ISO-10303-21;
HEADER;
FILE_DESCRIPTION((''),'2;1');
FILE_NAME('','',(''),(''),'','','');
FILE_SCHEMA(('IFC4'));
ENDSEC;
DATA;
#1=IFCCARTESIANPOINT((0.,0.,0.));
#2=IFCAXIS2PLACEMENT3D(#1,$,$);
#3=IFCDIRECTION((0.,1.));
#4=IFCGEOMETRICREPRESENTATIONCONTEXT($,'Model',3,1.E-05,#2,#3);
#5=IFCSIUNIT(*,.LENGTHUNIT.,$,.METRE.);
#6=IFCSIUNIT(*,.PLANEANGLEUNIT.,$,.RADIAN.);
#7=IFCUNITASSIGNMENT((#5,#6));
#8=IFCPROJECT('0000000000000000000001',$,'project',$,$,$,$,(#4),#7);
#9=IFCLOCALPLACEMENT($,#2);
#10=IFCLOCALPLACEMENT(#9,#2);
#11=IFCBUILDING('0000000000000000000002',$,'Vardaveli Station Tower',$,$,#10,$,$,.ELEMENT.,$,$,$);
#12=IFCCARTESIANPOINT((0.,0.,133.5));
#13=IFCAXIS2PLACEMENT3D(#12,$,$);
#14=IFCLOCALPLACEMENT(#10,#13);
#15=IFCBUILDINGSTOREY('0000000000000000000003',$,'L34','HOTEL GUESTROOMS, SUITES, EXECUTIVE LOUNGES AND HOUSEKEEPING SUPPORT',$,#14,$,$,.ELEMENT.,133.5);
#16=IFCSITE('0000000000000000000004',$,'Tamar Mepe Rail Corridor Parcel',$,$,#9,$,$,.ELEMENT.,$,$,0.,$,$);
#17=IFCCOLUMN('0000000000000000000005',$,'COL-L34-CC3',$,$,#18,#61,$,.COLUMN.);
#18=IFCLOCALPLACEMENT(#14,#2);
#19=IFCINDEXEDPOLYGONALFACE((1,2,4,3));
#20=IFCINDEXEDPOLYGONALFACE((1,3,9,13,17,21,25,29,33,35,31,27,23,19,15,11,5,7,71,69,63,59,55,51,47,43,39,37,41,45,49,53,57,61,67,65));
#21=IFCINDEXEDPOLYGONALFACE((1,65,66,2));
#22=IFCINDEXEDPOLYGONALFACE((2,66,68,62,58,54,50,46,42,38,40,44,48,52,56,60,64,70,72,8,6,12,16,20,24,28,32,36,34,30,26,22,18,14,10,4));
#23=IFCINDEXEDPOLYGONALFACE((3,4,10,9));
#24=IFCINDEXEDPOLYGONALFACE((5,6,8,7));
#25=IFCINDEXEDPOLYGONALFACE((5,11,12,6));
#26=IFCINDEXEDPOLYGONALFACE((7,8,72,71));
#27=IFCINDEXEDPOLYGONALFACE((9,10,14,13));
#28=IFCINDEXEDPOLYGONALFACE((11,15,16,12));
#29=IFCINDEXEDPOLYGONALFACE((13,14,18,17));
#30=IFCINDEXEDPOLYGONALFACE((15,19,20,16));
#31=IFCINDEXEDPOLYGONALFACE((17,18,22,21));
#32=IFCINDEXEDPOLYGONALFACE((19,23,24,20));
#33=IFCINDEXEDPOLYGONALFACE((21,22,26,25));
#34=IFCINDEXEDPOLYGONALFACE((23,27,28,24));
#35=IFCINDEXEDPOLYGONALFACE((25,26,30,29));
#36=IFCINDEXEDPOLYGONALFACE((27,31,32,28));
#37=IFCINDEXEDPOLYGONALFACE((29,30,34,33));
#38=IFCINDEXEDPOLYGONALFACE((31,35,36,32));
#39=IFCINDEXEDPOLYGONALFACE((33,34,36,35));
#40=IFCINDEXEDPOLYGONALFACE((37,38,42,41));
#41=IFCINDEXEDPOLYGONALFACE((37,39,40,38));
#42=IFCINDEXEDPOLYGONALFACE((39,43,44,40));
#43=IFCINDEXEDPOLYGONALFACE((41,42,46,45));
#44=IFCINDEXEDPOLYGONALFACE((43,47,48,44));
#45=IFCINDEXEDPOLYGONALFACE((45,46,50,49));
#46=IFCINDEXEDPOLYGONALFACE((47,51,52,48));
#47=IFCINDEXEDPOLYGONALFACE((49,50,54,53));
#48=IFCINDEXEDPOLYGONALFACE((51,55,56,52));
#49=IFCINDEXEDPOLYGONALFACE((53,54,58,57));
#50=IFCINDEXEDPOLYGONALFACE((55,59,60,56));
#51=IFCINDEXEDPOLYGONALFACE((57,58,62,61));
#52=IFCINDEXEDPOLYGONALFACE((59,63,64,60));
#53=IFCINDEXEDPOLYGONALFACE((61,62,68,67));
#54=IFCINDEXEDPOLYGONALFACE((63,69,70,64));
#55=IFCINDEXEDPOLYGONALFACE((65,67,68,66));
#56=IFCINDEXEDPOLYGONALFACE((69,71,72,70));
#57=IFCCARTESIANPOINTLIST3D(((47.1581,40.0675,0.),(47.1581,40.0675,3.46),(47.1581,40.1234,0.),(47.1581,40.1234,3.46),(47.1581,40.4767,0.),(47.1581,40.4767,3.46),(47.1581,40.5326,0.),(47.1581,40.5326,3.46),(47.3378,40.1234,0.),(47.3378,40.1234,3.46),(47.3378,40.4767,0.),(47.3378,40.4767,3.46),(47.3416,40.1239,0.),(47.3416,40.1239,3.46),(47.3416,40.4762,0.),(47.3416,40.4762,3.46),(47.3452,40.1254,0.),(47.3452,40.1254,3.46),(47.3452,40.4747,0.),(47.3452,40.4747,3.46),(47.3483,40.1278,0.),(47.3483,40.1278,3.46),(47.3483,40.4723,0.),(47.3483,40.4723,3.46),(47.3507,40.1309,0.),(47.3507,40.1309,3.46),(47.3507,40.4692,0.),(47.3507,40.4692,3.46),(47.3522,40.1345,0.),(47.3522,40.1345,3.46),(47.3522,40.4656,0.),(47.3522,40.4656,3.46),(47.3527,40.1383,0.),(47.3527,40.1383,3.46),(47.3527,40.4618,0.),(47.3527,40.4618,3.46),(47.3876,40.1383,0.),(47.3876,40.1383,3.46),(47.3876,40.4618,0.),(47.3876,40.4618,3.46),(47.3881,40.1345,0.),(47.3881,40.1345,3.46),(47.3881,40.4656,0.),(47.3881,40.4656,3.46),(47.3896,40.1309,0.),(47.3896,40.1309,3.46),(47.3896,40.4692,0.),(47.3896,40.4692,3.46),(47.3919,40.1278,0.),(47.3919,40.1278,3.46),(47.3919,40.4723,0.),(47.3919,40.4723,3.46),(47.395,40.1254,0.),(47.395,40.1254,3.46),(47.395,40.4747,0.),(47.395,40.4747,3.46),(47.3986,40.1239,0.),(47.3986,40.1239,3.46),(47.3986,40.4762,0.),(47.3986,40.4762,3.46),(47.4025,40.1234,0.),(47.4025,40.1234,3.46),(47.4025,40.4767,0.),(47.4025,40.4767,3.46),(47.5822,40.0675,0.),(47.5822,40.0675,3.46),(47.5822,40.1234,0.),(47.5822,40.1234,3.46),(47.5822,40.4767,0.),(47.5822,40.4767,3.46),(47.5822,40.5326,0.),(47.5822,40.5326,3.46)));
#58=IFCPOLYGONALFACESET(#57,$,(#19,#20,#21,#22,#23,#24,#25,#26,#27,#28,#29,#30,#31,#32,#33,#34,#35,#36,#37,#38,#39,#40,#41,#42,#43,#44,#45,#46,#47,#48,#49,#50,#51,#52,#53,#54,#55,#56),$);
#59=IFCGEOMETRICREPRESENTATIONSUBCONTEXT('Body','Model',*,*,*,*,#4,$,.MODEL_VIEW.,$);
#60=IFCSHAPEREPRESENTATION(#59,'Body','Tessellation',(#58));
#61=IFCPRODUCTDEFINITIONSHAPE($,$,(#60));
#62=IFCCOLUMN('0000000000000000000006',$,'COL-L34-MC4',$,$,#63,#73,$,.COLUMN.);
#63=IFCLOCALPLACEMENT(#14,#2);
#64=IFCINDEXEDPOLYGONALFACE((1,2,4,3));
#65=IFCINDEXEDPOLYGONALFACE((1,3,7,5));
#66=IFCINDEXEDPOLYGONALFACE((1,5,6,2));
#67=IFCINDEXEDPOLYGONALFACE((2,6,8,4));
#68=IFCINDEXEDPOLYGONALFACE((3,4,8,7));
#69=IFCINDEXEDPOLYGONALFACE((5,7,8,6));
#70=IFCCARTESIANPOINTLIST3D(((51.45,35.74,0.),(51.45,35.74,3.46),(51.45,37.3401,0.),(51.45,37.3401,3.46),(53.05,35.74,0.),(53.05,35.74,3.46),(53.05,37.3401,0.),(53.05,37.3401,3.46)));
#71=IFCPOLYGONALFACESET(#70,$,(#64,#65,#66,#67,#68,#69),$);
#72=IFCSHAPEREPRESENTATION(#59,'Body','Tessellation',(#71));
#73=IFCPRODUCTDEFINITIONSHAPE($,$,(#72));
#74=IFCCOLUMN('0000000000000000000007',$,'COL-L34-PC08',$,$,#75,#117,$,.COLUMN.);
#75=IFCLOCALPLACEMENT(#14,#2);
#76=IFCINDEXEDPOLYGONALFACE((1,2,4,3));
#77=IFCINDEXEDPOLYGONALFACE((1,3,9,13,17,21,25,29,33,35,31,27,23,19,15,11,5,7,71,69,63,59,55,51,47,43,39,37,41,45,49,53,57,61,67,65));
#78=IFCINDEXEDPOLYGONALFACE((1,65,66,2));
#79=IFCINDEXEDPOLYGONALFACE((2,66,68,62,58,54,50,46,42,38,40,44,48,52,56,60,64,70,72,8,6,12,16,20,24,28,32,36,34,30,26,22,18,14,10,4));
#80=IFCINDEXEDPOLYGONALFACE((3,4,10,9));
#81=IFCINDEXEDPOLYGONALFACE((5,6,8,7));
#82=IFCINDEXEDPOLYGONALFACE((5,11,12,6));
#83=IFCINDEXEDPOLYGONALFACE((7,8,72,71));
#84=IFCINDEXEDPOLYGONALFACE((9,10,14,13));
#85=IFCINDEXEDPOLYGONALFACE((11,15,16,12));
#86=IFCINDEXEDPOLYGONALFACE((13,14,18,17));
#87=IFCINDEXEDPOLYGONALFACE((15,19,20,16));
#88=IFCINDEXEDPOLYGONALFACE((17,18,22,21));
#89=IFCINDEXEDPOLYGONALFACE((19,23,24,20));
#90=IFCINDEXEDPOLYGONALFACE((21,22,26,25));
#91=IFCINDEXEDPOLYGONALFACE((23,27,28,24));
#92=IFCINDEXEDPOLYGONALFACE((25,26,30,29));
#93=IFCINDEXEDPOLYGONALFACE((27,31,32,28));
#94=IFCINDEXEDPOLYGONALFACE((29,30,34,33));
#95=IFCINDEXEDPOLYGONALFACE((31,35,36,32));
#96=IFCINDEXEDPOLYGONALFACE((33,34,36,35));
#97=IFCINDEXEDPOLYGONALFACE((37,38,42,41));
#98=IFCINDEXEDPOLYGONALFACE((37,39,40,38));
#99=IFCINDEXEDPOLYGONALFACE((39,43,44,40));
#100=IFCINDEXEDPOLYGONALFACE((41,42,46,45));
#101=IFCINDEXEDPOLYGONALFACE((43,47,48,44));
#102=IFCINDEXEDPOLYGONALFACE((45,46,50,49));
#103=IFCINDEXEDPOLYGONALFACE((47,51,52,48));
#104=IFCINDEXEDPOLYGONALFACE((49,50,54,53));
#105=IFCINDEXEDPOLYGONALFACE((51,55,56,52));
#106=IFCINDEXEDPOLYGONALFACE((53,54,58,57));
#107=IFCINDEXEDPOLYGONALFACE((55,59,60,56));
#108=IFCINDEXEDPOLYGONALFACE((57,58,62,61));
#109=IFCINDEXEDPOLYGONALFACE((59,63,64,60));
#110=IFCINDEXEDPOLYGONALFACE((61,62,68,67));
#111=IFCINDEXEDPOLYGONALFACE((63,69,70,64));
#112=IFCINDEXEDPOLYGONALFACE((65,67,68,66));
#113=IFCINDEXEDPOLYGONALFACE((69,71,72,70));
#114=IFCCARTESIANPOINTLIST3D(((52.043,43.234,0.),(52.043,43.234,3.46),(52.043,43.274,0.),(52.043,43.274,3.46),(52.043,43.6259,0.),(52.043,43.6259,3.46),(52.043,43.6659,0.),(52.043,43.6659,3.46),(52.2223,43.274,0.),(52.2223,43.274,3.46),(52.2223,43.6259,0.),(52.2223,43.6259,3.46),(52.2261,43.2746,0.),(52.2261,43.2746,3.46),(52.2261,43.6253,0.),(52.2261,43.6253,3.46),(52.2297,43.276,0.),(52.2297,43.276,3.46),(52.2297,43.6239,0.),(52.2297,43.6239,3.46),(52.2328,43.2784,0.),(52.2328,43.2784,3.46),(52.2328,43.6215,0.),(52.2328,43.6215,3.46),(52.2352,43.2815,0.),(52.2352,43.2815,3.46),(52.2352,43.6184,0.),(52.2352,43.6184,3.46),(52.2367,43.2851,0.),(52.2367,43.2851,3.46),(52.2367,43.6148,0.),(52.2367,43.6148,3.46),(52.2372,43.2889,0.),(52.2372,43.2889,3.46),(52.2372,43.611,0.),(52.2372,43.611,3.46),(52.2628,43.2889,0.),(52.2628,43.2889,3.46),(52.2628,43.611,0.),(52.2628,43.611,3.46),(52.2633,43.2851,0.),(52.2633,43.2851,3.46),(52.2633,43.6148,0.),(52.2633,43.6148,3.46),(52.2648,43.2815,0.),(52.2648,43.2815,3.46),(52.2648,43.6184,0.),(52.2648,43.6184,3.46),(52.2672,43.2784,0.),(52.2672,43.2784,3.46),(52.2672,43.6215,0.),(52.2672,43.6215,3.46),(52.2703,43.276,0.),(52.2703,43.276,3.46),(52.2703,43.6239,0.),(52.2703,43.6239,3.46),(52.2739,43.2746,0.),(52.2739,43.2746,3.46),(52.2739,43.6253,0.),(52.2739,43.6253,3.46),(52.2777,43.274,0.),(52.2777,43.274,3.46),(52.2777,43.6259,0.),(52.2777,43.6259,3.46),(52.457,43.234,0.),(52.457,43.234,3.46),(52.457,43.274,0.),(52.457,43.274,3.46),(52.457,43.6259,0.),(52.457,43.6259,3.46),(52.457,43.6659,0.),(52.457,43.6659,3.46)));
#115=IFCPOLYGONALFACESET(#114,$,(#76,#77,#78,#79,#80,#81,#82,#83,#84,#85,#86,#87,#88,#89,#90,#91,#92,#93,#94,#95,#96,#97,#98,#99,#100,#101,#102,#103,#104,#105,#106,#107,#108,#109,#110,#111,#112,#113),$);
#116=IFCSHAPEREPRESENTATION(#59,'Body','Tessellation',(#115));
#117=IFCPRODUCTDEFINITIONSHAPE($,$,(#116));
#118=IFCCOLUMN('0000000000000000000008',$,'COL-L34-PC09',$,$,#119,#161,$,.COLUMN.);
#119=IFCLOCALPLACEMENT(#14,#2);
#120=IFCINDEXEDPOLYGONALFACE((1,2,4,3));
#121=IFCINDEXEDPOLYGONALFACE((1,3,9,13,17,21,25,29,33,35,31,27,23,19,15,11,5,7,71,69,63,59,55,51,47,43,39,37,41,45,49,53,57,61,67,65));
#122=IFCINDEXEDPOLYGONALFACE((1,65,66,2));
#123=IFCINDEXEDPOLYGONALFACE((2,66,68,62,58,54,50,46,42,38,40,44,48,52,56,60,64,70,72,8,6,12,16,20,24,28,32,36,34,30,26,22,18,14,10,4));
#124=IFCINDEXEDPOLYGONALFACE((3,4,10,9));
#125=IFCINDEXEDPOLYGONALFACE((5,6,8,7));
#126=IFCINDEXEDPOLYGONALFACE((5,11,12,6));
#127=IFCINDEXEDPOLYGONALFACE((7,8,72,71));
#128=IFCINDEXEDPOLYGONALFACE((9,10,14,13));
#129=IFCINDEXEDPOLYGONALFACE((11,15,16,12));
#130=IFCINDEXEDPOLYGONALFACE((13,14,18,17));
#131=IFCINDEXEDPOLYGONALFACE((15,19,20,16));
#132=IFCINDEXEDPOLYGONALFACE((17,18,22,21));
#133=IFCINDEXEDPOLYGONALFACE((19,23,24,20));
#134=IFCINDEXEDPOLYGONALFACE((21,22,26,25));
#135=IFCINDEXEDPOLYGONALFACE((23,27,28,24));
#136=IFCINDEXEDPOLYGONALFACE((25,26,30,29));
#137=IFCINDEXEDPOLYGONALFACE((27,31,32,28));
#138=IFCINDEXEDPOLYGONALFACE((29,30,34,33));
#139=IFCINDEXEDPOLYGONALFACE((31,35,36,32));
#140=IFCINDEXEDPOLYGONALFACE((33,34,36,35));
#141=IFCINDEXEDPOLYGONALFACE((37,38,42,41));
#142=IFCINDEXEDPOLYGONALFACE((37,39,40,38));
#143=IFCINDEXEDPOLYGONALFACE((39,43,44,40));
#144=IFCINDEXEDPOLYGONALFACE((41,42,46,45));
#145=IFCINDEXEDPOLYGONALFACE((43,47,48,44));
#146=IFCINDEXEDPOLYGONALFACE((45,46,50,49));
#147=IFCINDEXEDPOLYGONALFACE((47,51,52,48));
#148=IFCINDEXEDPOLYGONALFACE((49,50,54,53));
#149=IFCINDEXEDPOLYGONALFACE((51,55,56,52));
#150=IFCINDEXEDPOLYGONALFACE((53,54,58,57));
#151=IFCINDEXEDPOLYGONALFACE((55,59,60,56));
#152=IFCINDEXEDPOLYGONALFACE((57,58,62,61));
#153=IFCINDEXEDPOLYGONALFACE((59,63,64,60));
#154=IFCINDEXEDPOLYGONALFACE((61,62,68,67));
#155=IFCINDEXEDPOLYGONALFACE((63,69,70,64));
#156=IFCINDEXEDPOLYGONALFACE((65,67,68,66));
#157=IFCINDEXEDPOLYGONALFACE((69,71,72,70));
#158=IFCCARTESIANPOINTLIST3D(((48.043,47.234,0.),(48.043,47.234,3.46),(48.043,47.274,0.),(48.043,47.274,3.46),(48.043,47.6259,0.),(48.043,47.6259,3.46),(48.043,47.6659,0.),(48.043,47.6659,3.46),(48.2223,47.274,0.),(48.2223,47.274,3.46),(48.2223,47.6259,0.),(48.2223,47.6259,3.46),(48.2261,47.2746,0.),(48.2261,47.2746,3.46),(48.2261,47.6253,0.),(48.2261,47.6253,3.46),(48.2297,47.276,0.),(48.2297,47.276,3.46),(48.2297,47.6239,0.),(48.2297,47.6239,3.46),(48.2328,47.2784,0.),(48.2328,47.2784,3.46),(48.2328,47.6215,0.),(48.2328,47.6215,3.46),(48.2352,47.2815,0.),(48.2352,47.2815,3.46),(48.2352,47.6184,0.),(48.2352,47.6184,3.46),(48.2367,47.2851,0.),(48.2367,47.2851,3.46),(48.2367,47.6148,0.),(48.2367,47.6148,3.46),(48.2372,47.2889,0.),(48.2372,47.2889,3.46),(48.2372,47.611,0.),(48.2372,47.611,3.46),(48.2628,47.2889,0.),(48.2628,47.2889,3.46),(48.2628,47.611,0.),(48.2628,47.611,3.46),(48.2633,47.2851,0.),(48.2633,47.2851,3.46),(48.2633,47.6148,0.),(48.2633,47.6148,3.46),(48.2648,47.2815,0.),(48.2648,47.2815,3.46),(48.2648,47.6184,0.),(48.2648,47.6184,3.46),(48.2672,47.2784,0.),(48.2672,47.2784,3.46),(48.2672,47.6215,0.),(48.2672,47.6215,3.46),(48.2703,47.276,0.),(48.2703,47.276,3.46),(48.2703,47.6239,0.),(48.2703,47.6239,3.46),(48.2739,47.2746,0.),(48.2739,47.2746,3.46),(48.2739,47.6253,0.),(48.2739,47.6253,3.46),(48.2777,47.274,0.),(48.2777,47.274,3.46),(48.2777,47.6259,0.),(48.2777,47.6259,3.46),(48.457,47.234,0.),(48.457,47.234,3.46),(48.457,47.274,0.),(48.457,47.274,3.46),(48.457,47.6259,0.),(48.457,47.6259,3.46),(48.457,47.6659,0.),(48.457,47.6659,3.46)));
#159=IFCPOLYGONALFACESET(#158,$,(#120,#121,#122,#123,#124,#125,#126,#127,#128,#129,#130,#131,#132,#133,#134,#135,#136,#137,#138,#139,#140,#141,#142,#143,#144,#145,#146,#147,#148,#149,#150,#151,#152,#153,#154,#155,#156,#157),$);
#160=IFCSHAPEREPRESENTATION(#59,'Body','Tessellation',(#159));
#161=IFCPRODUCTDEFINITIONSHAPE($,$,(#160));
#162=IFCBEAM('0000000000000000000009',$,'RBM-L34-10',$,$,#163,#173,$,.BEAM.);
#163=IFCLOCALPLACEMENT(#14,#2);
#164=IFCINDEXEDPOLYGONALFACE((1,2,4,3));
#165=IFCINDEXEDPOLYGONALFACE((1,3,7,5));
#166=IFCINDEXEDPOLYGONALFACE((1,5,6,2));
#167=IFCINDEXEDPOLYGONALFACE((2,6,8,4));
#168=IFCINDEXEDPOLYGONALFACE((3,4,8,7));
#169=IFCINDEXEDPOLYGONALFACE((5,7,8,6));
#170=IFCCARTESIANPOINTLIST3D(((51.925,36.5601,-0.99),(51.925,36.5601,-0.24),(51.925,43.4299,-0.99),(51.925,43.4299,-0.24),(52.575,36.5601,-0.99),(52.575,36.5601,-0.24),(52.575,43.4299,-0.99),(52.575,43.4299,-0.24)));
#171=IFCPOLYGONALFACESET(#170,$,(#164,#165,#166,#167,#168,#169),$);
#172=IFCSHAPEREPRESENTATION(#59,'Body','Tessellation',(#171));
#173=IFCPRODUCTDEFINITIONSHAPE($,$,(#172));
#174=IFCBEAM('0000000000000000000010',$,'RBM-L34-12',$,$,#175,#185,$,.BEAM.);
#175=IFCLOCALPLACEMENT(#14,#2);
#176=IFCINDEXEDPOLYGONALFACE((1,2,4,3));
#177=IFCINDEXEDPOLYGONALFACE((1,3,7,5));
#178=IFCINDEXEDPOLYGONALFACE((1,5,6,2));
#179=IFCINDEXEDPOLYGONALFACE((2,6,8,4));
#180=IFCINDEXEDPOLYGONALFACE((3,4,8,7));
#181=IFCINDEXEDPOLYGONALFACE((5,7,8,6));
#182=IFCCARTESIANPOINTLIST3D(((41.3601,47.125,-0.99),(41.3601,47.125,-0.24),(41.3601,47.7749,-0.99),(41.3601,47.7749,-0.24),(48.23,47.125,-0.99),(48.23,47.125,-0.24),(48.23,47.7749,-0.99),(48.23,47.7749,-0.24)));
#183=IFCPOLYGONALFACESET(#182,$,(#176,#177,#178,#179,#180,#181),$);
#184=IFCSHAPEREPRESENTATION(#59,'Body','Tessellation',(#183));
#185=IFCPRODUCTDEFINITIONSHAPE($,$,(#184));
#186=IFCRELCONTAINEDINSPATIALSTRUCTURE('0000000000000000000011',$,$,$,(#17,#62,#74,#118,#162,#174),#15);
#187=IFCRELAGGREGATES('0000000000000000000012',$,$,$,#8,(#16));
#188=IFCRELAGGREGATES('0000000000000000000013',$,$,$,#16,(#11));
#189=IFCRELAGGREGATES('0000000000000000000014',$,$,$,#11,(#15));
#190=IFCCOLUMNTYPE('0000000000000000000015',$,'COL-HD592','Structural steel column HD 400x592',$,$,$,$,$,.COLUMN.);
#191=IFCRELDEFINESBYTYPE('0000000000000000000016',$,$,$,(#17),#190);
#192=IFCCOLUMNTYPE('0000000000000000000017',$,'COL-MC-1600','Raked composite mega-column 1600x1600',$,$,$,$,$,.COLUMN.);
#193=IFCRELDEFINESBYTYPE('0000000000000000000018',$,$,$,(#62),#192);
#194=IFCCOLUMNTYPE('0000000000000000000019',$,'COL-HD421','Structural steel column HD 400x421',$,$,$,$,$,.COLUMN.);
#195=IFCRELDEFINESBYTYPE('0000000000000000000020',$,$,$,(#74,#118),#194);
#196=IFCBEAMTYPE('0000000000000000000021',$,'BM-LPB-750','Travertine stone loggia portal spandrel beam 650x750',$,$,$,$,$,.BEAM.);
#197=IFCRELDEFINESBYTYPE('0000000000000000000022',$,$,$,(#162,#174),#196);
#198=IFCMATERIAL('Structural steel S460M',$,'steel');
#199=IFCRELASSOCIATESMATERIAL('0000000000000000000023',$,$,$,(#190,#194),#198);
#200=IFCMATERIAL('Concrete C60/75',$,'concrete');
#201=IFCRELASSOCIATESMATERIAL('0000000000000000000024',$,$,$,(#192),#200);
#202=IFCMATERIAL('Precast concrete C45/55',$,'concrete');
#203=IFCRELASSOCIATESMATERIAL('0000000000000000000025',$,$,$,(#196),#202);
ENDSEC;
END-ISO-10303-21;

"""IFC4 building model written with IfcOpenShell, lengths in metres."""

from ifc_helpers import new_model, si_unit, direction, frame, origin, origin_2d, place, context, subcontext, project, spatial, rectangle, i_section, extrude, source, transform, mapped, material, material_profile, profile_set, type_object, element, save


model = new_model("IFC4")

# Units and contexts
model_context = context("Model", 3, precision=1e-05, world=origin(), true_north=direction((0.0, 1.0)))
body_context = subcontext(model_context, "Body", "Model", "MODEL_VIEW")
ifc_project = project(units=[si_unit("LENGTHUNIT", "METRE"), si_unit("PLANEANGLEUNIT", "RADIAN")], contexts=[model_context])

# Site, building, storey
site_placement = place(None, origin())
site = spatial("IfcSite", under=ifc_project, at=site_placement, Name="Tamar Mepe Rail Corridor Parcel", CompositionType="ELEMENT", RefElevation=0.0)
building_placement = place(site_placement, origin())
building = spatial("IfcBuilding", under=site, at=building_placement, Name="Vardaveli Station Tower", CompositionType="ELEMENT")
storey_placement = place(building_placement, frame((0.0, 0.0, 133.5)))
storey = spatial("IfcBuildingStorey", under=building, at=storey_placement, Name="L34", Description="HOTEL GUESTROOMS, SUITES, EXECUTIVE LOUNGES AND HOUSEKEEPING SUPPORT", CompositionType="ELEMENT", Elevation=133.5)

# Columns
ifc_material_1 = material(Name="Structural steel S460M", Category="steel")
ifc_material_profile_1 = material_profile(ifc_material_1, i_section(OverallWidth=0.4241, OverallDepth=0.4651, WebThickness=0.0349, FlangeThickness=0.0559, FilletRadius=0.0149, at=origin_2d()), Name="HD 400x592")
ifc_profile_set_1 = profile_set([ifc_material_profile_1], Name="Structural steel S460M")
column_type_1 = type_object("IfcColumnType", Name="COL-HD592", Description="Structural steel column HD 400x592", PredefinedType="COLUMN", material=ifc_profile_set_1)
shared_shape_1 = source(origin(), body_context, "Body", "SweptSolid", [
    extrude(i_section(OverallWidth=0.4241, OverallDepth=0.4651, WebThickness=0.0349, FlangeThickness=0.0559, FilletRadius=0.0149, at=origin_2d()), origin(), (0.0, 0.0, 1.0), 3.46),
])
column_1_placement = place(storey_placement, frame((47.3701, 40.3, 0.0), z_axis=(0.0, 0.0, 1.0), x_axis=(1.0, 0.0, 0.0)))
element("IfcColumn", 1, at=column_1_placement, inside=storey, type_object=column_type_1, Name="COL-L34-CC3", PredefinedType="COLUMN", context=body_context, shape_type="MappedRepresentation", body=[
    mapped(shared_shape_1, transform((0.0, 0.0, 0.0), scale=1.0)),
])
ifc_material_2 = material(Name="Concrete C60/75", Category="concrete")
ifc_material_profile_2 = material_profile(ifc_material_2, rectangle(XDim=1.6001, YDim=1.6001, at=origin_2d()), Name="MC 1600x1600")
ifc_profile_set_2 = profile_set([ifc_material_profile_2], Name="Concrete C60/75")
column_type_2 = type_object("IfcColumnType", Name="COL-MC-1600", Description="Raked composite mega-column 1600x1600", PredefinedType="COLUMN", material=ifc_profile_set_2)
shared_shape_2 = source(origin(), body_context, "Body", "SweptSolid", [
    extrude(rectangle(XDim=1.6001, YDim=1.6001, at=origin_2d()), origin(), (0.0, 0.0, 1.0), 3.46),
])
column_2_placement = place(storey_placement, frame((52.25, 36.54, 0.0), z_axis=(0.0, 0.0, 1.0), x_axis=(1.0, 0.0, 0.0)))
element("IfcColumn", 2, at=column_2_placement, inside=storey, type_object=column_type_2, Name="COL-L34-MC4", PredefinedType="COLUMN", context=body_context, shape_type="MappedRepresentation", body=[
    mapped(shared_shape_2, transform((0.0, 0.0, 0.0), scale=1.0)),
])
ifc_material_profile_3 = material_profile(ifc_material_1, i_section(OverallWidth=0.4141, OverallDepth=0.4319, WebThickness=0.0256, FlangeThickness=0.04, FilletRadius=0.0149, at=origin_2d()), Name="HD 400x421")
ifc_profile_set_3 = profile_set([ifc_material_profile_3], Name="Structural steel S460M")
column_type_3 = type_object("IfcColumnType", Name="COL-HD421", Description="Structural steel column HD 400x421", PredefinedType="COLUMN", material=ifc_profile_set_3)
shared_shape_3 = source(origin(), body_context, "Body", "SweptSolid", [
    extrude(i_section(OverallWidth=0.4141, OverallDepth=0.4319, WebThickness=0.0256, FlangeThickness=0.04, FilletRadius=0.0149, at=origin_2d()), origin(), (0.0, 0.0, 1.0), 3.46),
])
for number, where, z_axis, x_axis, name in (
    (3, (52.25, 43.45, 0.0), (0.0, 0.0, 1.0), (1.0, 0.0, 0.0), "COL-L34-PC08"),
    (4, (48.25, 47.45, 0.0), (0.0, 0.0, 1.0), (1.0, 0.0, 0.0), "COL-L34-PC09"),
):
    element("IfcColumn", number, at=place(storey_placement, frame(where, z_axis=z_axis, x_axis=x_axis)), inside=storey, type_object=column_type_3, Name=name, PredefinedType="COLUMN", context=body_context, shape_type="MappedRepresentation", body=[
        mapped(shared_shape_3, transform((0.0, 0.0, 0.0), scale=1.0)),
    ])

# Beams
ifc_material_3 = material(Name="Precast concrete C45/55", Category="concrete")
ifc_material_profile_4 = material_profile(ifc_material_3, rectangle(XDim=0.6499, YDim=0.75, at=origin_2d()), Name="LPB 650x750")
ifc_profile_set_4 = profile_set([ifc_material_profile_4], Name="Precast concrete C45/55")
beam_type = type_object("IfcBeamType", Name="BM-LPB-750", Description="Travertine stone loggia portal spandrel beam 650x750", PredefinedType="BEAM", material=ifc_profile_set_4)
shared_shape_4 = source(origin(), body_context, "Body", "SweptSolid", [
    extrude(rectangle(XDim=0.6499, YDim=0.75, at=origin_2d()), origin(), (0.0, 0.0, 1.0), 6.8699),
])
for number, where, z_axis, x_axis, name in (
    (5, (52.25, 36.5601, -0.615), (0.0, 1.0, 0.0), (-1.0, 0.0, 0.0), "RBM-L34-10"),
    (6, (48.23, 47.45, -0.615), (-1.0, 0.0, 0.0), (0.0, -1.0, 0.0), "RBM-L34-12"),
):
    element("IfcBeam", number, at=place(storey_placement, frame(where, z_axis=z_axis, x_axis=x_axis)), inside=storey, type_object=beam_type, Name=name, PredefinedType="BEAM", context=body_context, shape_type="MappedRepresentation", body=[
        mapped(shared_shape_4, transform((0.0, 0.0, 0.0), scale=1.0)),
    ])

save(model, "model.ifc")
